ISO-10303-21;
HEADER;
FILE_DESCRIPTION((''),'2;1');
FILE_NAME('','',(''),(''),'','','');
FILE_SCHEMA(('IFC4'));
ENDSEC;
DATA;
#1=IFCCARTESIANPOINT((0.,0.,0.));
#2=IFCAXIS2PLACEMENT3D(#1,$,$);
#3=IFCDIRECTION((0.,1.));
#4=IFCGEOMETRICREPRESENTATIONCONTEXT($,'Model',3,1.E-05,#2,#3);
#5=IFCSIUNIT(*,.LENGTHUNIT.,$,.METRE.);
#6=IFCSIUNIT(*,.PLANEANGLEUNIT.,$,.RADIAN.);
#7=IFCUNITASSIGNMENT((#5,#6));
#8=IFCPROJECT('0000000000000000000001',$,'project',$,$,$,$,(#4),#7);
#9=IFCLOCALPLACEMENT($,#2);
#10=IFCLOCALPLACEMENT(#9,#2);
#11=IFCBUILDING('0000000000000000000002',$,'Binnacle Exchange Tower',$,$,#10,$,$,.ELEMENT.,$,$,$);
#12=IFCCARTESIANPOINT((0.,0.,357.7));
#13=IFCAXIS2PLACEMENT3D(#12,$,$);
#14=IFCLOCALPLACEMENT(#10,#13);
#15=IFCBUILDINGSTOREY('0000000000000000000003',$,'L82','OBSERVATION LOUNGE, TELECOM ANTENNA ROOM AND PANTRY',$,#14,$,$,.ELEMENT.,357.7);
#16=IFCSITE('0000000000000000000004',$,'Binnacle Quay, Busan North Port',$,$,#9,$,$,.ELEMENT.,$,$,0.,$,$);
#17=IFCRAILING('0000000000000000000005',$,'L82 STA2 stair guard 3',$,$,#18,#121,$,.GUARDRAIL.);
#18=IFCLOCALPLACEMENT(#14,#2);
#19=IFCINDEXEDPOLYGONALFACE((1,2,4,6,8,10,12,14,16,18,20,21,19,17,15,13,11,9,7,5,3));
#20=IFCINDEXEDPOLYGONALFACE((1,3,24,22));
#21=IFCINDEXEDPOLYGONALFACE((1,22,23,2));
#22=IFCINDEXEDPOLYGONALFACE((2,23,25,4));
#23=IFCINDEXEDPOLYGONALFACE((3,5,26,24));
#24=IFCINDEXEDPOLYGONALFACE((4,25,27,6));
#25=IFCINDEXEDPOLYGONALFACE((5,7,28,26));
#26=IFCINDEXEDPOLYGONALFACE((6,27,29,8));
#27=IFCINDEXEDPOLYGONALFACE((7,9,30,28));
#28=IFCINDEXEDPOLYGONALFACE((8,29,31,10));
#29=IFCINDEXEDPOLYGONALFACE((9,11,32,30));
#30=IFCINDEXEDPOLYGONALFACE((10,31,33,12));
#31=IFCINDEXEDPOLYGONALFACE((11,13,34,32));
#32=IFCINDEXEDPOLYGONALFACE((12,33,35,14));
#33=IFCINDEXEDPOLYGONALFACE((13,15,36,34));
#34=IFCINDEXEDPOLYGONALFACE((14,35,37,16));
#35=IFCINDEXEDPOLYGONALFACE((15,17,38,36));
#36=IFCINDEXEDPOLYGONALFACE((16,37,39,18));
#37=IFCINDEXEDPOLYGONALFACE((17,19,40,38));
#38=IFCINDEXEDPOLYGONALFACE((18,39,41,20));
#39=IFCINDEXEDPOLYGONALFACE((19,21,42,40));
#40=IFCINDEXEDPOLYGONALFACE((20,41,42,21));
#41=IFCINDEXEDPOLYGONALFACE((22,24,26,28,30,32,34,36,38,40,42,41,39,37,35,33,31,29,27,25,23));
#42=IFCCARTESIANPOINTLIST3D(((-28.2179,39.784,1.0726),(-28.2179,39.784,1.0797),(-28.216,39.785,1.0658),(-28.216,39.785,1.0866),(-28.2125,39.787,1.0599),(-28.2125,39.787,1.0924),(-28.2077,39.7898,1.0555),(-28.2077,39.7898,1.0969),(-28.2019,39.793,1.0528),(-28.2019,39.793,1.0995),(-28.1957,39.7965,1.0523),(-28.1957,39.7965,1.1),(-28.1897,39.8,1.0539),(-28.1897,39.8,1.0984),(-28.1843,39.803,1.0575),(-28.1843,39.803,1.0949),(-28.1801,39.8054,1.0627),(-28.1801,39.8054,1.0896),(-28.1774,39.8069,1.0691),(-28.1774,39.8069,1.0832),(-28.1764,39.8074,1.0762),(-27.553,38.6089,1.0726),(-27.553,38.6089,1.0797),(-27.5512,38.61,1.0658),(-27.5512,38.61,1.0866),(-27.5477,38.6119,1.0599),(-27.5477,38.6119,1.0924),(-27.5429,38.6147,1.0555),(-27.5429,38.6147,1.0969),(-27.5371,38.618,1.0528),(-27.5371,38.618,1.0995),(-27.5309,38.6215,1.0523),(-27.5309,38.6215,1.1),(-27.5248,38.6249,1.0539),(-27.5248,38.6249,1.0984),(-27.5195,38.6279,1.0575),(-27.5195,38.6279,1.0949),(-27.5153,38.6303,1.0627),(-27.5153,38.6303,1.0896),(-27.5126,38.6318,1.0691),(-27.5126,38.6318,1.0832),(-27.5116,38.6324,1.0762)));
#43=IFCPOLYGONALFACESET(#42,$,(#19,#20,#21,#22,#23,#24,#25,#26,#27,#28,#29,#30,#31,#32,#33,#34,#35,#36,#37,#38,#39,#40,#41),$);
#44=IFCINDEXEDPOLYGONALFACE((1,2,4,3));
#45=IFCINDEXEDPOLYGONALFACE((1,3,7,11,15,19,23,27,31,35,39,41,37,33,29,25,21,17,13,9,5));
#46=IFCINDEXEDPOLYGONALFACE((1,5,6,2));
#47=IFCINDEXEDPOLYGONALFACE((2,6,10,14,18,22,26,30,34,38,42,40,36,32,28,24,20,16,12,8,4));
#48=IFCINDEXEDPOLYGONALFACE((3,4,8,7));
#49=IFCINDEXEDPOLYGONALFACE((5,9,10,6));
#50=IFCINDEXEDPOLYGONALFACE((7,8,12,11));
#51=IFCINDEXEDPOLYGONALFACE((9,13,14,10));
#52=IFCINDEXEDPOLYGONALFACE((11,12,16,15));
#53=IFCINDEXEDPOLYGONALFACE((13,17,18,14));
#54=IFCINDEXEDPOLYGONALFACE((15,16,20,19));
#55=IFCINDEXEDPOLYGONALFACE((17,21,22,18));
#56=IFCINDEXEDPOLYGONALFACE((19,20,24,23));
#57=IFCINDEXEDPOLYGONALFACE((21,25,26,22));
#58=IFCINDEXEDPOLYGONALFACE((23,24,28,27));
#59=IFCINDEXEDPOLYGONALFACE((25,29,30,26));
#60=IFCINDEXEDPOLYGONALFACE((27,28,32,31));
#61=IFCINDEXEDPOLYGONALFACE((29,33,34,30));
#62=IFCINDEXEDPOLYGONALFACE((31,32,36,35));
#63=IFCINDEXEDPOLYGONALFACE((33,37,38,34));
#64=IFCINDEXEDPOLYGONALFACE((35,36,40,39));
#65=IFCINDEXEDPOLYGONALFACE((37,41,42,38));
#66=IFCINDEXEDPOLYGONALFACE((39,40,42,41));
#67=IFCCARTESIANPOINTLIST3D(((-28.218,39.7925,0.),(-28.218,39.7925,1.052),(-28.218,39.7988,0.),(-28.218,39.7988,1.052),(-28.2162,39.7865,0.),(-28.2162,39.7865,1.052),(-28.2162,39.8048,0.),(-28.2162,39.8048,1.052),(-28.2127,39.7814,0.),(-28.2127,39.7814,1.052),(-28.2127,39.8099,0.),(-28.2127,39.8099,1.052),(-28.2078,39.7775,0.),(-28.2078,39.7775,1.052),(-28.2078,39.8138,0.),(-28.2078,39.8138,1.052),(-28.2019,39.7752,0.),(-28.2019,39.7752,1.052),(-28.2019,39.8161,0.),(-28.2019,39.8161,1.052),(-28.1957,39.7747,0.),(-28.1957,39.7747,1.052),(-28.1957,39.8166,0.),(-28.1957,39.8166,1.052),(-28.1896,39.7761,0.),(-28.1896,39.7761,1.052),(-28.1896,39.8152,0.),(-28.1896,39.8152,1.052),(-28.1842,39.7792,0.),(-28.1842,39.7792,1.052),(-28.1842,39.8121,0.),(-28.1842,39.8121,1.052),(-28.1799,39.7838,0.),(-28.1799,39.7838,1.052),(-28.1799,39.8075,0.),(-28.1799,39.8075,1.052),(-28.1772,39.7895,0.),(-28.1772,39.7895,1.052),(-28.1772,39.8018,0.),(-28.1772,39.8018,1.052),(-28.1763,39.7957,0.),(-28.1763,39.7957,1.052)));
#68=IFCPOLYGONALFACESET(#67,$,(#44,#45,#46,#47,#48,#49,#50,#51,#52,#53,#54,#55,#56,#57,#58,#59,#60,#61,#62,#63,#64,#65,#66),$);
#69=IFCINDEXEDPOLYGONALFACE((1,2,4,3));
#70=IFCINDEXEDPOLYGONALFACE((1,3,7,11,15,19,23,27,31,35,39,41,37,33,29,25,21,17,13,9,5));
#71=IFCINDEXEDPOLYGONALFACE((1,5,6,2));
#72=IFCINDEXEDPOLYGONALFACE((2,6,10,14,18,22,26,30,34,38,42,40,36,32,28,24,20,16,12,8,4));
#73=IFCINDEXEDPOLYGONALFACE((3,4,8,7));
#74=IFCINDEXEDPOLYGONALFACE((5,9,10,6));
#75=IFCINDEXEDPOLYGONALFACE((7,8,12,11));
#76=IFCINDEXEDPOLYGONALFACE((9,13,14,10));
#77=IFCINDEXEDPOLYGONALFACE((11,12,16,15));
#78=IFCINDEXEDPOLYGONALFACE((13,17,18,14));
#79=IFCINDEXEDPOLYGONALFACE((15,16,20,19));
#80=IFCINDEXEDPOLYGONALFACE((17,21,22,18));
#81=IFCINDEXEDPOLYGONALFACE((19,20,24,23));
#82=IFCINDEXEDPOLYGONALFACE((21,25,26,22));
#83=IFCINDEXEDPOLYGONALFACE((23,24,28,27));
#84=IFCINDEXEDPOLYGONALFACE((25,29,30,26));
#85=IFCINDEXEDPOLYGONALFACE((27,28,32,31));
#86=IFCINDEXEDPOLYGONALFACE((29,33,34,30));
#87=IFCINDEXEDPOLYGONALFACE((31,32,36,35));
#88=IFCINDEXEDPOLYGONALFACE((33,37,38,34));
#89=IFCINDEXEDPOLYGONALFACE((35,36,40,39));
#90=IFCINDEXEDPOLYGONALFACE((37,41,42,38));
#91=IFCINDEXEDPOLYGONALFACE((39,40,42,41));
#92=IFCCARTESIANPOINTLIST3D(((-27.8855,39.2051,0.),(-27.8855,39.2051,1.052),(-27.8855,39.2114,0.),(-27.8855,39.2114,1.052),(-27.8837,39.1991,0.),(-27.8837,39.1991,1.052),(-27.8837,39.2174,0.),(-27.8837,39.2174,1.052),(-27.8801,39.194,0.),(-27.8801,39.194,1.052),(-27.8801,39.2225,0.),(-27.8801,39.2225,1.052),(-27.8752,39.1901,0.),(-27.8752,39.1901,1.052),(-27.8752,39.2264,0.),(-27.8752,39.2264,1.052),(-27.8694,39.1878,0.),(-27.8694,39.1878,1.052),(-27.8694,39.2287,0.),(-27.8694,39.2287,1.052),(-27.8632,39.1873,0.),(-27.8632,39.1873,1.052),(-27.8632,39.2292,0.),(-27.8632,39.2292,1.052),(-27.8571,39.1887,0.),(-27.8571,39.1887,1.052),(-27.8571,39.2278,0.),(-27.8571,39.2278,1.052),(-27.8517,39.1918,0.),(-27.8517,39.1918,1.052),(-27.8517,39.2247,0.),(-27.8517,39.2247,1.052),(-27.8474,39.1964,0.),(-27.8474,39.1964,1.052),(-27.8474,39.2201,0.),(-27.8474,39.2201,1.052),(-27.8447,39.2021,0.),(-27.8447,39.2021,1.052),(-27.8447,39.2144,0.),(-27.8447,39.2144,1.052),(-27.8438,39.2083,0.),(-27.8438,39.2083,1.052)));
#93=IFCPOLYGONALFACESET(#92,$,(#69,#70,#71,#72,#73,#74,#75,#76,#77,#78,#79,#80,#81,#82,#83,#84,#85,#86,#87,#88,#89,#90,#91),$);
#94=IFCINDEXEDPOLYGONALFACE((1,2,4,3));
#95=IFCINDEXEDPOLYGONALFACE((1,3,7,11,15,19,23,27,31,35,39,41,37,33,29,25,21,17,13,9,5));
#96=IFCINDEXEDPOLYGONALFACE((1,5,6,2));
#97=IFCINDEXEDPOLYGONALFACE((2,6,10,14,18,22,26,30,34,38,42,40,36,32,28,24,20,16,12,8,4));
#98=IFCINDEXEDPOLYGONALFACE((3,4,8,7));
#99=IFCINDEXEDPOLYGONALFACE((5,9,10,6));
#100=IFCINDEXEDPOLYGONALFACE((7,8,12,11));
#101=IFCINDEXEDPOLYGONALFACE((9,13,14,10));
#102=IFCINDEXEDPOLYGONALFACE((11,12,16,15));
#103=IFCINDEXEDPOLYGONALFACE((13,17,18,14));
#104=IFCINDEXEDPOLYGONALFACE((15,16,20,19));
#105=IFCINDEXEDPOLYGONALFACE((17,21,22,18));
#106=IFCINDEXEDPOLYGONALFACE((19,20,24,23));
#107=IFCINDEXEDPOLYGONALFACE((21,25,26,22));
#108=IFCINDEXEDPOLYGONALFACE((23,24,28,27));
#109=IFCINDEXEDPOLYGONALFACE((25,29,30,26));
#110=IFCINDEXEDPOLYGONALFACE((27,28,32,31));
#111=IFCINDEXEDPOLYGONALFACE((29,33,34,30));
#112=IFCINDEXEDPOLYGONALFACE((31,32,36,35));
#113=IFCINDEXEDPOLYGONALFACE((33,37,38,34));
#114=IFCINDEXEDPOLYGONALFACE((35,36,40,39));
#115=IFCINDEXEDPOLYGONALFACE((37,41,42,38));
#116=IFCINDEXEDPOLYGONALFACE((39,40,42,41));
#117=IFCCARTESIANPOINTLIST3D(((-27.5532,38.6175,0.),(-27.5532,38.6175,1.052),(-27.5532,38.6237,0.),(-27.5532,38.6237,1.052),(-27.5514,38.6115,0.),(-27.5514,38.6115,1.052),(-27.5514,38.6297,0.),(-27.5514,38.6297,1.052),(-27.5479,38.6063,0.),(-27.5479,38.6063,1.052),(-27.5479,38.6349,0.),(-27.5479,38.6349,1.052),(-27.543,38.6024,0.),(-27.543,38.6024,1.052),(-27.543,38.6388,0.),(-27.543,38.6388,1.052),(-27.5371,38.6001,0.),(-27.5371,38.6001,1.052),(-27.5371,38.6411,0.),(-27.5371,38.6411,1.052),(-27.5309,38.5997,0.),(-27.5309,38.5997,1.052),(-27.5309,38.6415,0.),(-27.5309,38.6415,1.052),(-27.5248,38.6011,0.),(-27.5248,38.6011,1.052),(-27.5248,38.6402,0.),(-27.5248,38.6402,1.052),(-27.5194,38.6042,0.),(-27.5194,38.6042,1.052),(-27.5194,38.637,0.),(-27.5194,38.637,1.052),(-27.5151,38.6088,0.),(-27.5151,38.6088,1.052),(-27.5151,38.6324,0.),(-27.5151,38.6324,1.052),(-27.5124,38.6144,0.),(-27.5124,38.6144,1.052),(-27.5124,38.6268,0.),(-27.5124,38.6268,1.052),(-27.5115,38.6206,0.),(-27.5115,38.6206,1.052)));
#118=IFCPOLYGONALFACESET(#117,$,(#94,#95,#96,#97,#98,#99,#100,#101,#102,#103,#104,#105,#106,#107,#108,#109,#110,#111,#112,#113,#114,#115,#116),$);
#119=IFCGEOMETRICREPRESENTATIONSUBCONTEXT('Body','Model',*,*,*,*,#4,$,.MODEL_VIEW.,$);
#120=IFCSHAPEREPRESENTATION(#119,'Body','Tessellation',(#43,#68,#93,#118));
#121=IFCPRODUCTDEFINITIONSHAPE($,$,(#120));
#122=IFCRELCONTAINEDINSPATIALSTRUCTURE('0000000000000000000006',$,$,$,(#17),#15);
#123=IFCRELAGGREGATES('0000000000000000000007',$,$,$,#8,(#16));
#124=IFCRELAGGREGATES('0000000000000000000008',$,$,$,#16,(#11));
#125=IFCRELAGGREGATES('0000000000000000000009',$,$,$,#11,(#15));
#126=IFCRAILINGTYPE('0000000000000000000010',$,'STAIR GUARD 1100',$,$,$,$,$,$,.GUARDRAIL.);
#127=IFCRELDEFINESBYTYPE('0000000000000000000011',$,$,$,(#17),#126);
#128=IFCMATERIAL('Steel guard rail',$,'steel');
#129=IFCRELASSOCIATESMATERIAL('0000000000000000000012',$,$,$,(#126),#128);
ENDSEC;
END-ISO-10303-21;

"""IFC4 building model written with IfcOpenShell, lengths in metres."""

from ifc_helpers import new_model, si_unit, direction, frame, origin, origin_2d, place, context, subcontext, project, spatial, circle, extrude, material, type_object, element, save


model = new_model("IFC4")

# Units and contexts
model_context = context("Model", 3, precision=1e-05, world=origin(), true_north=direction((0.0, 1.0)))
body_context = subcontext(model_context, "Body", "Model", "MODEL_VIEW")
ifc_project = project(units=[si_unit("LENGTHUNIT", "METRE"), si_unit("PLANEANGLEUNIT", "RADIAN")], contexts=[model_context])

# Site, building, storey
site_placement = place(None, origin())
site = spatial("IfcSite", under=ifc_project, at=site_placement, Name="Binnacle Quay, Busan North Port", CompositionType="ELEMENT", RefElevation=0.0)
building_placement = place(site_placement, origin())
building = spatial("IfcBuilding", under=site, at=building_placement, Name="Binnacle Exchange Tower", CompositionType="ELEMENT")
storey_placement = place(building_placement, frame((0.0, 0.0, 357.7)))
storey = spatial("IfcBuildingStorey", under=building, at=storey_placement, Name="L82", Description="OBSERVATION LOUNGE, TELECOM ANTENNA ROOM AND PANTRY", CompositionType="ELEMENT", Elevation=357.7)

# Railing
ifc_material_1 = material(Name="Steel guard rail", Category="steel")
railing_type_1 = type_object("IfcRailingType", Name="STAIR GUARD 1100", PredefinedType="GUARDRAIL", material=ifc_material_1)
railing_1_placement = place(storey_placement, frame((-28.1973, 39.7957, 0.0)))
element("IfcRailing", 1, at=railing_1_placement, inside=storey, type_object=railing_type_1, Name="L82 STA2 stair guard 3", PredefinedType="GUARDRAIL", context=body_context, shape_type="SweptSolid", body=[
    extrude(circle(Radius=0.0239, at=origin_2d()), frame((0.0, 0.0, 1.0762), z_axis=(0.492415, -0.870361, 0.0), x_axis=(0.870361, 0.492415, 0.0)), (0.0, 0.0, 1.0), 1.3501),
    extrude(circle(Radius=0.021, at=origin_2d()), origin(), (0.0, 0.0, 1.0), 1.052),
    extrude(circle(Radius=0.021, at=origin_2d()), frame((0.3325, -0.5874, 0.0)), (0.0, 0.0, 1.0), 1.052),
    extrude(circle(Radius=0.021, at=origin_2d()), frame((0.6648, -1.175, 0.0)), (0.0, 0.0, 1.0), 1.052),
])

save(model, "model.ifc")
